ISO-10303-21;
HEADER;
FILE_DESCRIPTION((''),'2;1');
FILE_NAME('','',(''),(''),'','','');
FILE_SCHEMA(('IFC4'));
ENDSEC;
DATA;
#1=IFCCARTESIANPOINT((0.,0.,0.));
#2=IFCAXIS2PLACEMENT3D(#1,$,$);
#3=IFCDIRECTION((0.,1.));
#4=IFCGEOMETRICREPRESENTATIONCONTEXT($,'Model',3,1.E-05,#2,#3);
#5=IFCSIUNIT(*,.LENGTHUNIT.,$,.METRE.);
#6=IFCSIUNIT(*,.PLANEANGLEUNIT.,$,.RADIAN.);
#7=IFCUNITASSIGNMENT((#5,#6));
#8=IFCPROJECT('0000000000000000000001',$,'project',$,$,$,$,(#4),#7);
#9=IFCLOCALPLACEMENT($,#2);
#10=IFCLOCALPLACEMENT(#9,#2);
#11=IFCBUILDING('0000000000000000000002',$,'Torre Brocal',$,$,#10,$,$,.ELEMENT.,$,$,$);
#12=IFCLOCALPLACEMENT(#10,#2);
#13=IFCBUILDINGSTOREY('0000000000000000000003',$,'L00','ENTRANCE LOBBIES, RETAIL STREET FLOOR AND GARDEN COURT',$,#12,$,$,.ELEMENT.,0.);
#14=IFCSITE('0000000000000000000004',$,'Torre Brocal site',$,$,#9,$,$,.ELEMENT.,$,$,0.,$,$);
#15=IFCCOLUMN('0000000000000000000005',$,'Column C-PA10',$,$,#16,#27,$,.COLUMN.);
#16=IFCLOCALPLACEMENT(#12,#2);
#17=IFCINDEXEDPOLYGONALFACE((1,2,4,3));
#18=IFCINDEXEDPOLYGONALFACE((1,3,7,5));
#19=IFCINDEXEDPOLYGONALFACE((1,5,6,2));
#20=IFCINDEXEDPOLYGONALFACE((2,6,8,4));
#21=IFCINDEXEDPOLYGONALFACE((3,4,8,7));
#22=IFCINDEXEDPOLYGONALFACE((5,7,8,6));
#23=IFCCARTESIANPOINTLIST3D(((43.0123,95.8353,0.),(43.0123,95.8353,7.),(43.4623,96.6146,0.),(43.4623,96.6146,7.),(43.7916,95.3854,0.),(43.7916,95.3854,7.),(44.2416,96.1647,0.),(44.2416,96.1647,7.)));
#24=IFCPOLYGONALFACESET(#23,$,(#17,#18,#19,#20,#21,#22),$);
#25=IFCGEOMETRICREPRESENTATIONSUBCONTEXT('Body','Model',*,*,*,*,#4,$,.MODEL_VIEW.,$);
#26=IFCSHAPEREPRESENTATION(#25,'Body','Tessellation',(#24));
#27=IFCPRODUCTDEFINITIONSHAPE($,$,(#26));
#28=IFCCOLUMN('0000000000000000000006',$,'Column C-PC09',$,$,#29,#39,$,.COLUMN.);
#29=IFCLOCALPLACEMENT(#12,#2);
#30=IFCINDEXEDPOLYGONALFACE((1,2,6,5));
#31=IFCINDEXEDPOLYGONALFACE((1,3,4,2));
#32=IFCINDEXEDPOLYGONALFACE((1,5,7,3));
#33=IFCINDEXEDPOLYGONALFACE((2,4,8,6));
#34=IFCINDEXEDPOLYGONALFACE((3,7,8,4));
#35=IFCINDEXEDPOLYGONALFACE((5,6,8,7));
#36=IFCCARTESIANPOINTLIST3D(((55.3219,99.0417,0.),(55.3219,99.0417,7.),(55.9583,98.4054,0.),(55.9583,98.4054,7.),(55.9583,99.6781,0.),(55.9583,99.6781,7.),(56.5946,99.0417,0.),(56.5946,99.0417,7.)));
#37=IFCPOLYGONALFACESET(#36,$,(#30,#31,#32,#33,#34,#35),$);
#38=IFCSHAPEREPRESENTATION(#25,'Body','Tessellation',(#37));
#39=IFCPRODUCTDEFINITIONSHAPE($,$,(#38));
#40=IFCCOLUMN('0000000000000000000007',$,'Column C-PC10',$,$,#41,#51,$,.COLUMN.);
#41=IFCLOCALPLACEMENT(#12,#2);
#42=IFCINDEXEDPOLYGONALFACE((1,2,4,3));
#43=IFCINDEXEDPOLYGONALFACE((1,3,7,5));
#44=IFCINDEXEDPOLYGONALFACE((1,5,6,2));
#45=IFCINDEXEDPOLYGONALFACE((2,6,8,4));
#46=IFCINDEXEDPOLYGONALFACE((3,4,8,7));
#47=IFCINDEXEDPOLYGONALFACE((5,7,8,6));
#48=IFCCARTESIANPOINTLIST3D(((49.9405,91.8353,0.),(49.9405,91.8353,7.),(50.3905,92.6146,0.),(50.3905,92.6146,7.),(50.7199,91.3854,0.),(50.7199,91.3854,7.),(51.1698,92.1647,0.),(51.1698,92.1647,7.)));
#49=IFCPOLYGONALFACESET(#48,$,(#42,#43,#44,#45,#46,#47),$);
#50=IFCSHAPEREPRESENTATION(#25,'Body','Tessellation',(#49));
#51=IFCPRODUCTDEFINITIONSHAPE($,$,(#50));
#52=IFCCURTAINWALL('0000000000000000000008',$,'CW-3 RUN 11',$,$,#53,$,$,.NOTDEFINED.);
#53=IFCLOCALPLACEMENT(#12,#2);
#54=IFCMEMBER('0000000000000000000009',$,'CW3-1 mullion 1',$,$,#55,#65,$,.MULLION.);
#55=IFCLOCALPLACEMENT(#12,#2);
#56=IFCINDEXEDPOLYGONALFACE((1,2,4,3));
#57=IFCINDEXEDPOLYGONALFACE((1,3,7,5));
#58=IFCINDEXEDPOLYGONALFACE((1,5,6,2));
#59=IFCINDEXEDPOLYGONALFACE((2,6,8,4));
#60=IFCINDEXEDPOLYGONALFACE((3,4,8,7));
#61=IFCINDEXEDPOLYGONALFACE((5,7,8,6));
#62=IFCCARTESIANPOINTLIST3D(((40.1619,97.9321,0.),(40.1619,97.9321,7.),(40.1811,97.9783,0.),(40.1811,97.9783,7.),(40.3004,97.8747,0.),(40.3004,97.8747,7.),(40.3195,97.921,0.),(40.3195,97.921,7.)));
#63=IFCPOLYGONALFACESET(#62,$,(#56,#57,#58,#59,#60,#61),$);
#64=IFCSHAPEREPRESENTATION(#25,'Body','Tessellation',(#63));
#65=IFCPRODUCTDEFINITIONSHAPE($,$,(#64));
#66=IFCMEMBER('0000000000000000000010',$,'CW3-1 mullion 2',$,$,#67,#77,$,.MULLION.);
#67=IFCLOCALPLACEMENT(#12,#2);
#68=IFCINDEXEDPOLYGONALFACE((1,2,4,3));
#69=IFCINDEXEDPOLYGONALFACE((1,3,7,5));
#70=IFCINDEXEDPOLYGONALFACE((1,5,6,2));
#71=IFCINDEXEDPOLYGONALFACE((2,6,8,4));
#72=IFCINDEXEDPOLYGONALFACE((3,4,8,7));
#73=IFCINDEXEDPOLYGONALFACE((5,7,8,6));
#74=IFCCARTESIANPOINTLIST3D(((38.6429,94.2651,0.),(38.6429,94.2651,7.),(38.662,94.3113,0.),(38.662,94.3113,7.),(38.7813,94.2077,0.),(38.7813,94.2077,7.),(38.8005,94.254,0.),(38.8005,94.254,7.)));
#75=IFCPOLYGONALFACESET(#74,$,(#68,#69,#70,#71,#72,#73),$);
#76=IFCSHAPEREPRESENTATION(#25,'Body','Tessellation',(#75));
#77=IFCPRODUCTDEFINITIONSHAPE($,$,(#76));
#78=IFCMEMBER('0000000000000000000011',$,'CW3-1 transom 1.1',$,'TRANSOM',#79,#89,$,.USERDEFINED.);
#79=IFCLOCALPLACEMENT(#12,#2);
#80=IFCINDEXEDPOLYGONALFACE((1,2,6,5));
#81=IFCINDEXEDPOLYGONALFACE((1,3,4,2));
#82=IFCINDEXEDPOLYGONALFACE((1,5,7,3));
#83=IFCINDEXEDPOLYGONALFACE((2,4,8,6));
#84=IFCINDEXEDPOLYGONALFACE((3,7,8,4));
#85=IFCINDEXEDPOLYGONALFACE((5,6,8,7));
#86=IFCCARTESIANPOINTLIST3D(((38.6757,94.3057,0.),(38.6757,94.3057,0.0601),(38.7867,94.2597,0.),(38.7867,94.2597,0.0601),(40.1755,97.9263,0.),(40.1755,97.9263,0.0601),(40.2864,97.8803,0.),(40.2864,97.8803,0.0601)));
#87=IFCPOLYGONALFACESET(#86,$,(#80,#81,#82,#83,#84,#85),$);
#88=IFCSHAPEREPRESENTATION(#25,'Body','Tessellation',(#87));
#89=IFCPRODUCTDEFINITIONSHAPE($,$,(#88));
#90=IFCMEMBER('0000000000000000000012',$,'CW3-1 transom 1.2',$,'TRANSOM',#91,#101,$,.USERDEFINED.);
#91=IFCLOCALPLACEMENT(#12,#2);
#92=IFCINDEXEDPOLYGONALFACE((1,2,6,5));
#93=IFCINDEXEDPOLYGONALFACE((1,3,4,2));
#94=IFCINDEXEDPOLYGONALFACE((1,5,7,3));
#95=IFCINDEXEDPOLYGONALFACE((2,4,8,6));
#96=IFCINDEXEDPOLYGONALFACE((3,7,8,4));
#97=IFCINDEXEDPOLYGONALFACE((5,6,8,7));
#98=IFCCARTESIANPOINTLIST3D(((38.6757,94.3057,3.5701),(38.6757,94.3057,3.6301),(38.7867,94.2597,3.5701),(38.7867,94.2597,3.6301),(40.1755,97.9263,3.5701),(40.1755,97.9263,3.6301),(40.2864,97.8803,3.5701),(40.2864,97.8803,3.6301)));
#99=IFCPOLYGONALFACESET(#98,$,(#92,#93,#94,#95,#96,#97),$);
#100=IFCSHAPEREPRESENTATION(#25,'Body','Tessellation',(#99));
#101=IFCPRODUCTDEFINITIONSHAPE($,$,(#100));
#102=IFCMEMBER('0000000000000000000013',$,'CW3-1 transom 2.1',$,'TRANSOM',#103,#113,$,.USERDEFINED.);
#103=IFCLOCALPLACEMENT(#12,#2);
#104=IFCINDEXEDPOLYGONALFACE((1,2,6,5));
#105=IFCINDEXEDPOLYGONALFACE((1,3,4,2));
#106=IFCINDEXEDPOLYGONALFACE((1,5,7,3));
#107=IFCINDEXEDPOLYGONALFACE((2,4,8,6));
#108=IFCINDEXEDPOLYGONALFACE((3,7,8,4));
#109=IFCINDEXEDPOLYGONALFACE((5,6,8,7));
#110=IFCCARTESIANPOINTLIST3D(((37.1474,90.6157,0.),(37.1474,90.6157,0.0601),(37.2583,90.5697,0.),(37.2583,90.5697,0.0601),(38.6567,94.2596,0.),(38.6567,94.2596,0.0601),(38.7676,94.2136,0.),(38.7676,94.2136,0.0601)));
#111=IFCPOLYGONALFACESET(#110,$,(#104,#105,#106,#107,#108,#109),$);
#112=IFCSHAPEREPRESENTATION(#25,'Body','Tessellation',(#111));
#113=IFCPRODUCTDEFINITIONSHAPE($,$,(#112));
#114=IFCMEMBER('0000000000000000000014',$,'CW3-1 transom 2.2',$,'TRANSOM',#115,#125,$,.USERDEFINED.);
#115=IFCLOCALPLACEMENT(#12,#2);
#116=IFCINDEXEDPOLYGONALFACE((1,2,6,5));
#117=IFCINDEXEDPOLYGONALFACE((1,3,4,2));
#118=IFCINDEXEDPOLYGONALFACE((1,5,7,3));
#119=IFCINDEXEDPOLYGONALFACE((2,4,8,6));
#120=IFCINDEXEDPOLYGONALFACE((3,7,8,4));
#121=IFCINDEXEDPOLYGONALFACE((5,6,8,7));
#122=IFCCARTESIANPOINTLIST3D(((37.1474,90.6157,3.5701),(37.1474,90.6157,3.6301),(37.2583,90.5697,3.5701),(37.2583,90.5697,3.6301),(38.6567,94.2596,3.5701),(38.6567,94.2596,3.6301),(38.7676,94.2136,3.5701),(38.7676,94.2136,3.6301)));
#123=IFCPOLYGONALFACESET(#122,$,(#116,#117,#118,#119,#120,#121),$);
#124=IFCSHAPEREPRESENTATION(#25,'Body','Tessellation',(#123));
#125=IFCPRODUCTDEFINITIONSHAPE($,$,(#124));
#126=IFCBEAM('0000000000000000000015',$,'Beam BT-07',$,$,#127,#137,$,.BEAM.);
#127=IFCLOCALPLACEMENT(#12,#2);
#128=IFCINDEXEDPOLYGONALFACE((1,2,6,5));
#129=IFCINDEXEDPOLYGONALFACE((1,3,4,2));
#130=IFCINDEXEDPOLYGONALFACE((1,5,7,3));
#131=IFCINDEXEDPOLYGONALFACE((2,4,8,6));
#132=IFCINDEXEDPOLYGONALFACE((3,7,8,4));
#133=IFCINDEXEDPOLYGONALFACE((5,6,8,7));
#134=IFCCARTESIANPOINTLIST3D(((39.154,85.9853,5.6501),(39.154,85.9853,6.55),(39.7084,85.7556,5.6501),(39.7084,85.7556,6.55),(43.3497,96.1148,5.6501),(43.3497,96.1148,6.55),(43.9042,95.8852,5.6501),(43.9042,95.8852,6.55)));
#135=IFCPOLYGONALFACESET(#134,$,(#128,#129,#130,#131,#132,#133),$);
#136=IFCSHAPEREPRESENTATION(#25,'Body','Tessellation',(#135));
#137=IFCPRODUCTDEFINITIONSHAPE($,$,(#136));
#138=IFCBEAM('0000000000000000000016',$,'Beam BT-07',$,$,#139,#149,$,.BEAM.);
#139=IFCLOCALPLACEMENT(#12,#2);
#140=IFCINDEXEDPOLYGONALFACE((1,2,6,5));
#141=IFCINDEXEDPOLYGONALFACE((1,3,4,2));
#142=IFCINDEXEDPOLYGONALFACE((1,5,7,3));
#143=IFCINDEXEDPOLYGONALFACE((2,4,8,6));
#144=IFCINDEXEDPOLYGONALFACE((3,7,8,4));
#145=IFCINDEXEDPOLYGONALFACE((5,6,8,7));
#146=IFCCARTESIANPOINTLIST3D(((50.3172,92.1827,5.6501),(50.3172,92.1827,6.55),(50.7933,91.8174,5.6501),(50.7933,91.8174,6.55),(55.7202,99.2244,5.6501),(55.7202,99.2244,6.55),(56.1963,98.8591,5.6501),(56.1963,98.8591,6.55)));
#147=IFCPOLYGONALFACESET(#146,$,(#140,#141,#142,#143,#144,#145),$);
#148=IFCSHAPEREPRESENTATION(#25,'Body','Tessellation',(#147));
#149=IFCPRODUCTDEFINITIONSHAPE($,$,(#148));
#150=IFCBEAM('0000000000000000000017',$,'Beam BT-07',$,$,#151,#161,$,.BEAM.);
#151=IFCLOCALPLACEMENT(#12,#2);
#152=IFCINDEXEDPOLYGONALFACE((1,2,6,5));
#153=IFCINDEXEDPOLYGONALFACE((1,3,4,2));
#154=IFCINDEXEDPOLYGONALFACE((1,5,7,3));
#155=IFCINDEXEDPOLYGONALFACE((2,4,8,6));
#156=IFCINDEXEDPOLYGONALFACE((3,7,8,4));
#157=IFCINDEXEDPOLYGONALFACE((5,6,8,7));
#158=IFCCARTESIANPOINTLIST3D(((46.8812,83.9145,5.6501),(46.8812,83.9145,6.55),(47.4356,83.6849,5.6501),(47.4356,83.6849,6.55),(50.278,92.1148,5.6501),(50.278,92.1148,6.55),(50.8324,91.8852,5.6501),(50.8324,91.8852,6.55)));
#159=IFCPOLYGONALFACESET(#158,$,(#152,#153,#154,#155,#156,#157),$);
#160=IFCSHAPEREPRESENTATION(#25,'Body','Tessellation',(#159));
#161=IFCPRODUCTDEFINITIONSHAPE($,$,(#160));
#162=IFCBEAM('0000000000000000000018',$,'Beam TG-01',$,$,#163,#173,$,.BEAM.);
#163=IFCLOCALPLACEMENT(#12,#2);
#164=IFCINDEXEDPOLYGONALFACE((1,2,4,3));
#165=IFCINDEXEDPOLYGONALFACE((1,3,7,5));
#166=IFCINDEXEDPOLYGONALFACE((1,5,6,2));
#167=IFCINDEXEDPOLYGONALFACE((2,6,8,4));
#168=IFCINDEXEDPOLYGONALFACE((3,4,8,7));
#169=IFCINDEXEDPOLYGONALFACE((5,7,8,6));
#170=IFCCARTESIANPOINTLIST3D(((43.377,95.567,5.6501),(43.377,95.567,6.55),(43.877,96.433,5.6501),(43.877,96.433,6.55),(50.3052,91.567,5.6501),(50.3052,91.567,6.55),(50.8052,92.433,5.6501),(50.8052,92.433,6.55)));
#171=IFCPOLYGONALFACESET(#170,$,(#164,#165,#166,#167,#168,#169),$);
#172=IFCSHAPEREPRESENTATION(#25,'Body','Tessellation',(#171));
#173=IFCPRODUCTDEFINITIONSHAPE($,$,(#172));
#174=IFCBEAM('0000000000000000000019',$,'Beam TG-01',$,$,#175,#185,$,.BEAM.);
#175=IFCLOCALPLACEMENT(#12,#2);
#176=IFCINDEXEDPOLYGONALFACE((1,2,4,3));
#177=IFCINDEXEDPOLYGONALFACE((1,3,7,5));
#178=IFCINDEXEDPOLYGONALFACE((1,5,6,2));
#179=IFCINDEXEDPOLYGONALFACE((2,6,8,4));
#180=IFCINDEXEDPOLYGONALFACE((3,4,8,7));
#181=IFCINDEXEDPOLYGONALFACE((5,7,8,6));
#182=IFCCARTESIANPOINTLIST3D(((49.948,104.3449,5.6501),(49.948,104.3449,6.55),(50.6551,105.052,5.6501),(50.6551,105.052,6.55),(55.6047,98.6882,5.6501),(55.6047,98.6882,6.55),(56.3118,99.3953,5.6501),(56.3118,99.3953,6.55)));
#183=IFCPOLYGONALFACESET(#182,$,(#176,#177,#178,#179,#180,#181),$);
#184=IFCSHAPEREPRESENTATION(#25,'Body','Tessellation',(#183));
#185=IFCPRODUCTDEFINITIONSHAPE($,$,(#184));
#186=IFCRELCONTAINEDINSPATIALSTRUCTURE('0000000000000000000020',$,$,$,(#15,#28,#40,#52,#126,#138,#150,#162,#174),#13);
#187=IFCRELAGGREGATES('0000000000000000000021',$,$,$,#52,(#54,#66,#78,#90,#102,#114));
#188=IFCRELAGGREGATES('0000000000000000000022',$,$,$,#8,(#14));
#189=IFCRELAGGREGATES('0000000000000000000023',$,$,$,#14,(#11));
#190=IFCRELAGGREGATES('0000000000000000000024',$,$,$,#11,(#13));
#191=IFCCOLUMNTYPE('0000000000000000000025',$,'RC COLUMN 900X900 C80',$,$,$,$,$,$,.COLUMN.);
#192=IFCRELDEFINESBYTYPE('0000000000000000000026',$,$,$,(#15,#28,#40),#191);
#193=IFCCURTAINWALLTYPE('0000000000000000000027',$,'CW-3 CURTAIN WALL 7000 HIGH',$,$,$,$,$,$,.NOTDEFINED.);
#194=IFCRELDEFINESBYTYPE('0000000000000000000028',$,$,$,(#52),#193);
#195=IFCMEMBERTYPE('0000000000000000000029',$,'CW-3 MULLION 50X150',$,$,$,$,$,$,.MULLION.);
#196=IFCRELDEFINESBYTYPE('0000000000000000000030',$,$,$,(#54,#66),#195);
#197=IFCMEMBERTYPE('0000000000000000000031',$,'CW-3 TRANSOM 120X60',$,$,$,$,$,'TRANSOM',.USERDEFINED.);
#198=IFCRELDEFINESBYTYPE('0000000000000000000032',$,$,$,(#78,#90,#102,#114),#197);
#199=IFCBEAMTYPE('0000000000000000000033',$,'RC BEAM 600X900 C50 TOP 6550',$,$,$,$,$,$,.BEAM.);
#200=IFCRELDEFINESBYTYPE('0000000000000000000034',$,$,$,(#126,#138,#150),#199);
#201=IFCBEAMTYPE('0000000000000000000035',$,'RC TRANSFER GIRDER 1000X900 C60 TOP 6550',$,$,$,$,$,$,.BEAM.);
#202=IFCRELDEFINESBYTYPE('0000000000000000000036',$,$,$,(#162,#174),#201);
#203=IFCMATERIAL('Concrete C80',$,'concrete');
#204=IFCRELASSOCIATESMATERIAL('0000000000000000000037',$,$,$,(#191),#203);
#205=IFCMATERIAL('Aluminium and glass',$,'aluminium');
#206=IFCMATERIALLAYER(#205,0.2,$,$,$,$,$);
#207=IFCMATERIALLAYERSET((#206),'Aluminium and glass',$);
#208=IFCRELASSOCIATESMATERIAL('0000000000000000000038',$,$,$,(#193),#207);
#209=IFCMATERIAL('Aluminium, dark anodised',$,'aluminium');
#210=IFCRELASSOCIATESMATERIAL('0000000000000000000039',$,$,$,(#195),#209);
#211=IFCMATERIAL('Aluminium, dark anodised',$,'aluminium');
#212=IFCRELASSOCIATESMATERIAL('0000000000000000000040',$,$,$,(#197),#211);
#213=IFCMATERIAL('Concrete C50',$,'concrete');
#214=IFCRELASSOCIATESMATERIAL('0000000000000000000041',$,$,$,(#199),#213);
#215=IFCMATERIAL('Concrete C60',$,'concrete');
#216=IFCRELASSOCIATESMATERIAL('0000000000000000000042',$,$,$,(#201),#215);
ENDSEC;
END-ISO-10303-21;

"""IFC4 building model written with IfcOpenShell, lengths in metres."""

from ifc_helpers import new_model, si_unit, direction, frame, origin, origin_2d, place, context, subcontext, project, spatial, rectangle, extrude, material, layer, layer_set, material_profile, profile_set, type_object, element, aggregate, save


model = new_model("IFC4")

# Units and contexts
model_context = context("Model", 3, precision=1e-05, world=origin(), true_north=direction((0.0, 1.0)))
body_context = subcontext(model_context, "Body", "Model", "MODEL_VIEW")
ifc_project = project(units=[si_unit("LENGTHUNIT", "METRE"), si_unit("PLANEANGLEUNIT", "RADIAN")], contexts=[model_context])

# Site, building, storey
site_placement = place(None, origin())
site = spatial("IfcSite", under=ifc_project, at=site_placement, Name="Torre Brocal site", CompositionType="ELEMENT", RefElevation=0.0)
building_placement = place(site_placement, origin())
building = spatial("IfcBuilding", under=site, at=building_placement, Name="Torre Brocal", CompositionType="ELEMENT")
storey_placement = place(building_placement, origin())
storey = spatial("IfcBuildingStorey", under=building, at=storey_placement, Name="L00", Description="ENTRANCE LOBBIES, RETAIL STREET FLOOR AND GARDEN COURT", CompositionType="ELEMENT", Elevation=0.0)

# Columns
ifc_material_1 = material(Name="Concrete C80", Category="concrete")
ifc_material_profile_1 = material_profile(ifc_material_1, rectangle(XDim=0.8999, YDim=0.8999, at=origin_2d()), Name="RC 900X900")
ifc_profile_set_1 = profile_set([ifc_material_profile_1], Name="Concrete C80")
column_type = type_object("IfcColumnType", Name="RC COLUMN 900X900 C80", PredefinedType="COLUMN", material=ifc_profile_set_1)
for number, where, z_axis, x_axis, name in (
    (1, (43.627, 96.0, 0.0), (0.0, 0.0, 1.0), (-0.866025, 0.5, 0.0), "Column C-PA10"),
    (2, (55.9583, 99.0417, 0.0), (0.0, 0.0, 1.0), (-0.707107, 0.707107, 0.0), "Column C-PC09"),
    (3, (50.5552, 92.0, 0.0), (0.0, 0.0, 1.0), (-0.866025, 0.5, 0.0), "Column C-PC10"),
):
    element("IfcColumn", number, at=place(storey_placement, frame(where, z_axis=z_axis, x_axis=x_axis)), inside=storey, type_object=column_type, Name=name, PredefinedType="COLUMN", context=body_context, shape_type="SweptSolid", body=[
        extrude(rectangle(XDim=0.8999, YDim=0.8999, at=origin_2d()), origin(), (0.0, 0.0, 1.0), 7.0),
    ])

# Curtain wall, members
ifc_material_2 = material(Name="Aluminium and glass", Category="aluminium")
ifc_layer_1 = layer(ifc_material_2, 0.2)
ifc_layer_set_1 = layer_set([ifc_layer_1], Name="Aluminium and glass")
curtain_wall_type = type_object("IfcCurtainWallType", Name="CW-3 CURTAIN WALL 7000 HIGH", PredefinedType="NOTDEFINED", material=ifc_layer_set_1)
curtain_wall_placement = place(storey_placement, origin())
curtain_wall = element("IfcCurtainWall", 4, at=curtain_wall_placement, inside=storey, type_object=curtain_wall_type, Name="CW-3 RUN 11", PredefinedType="NOTDEFINED")
ifc_material_3 = material(Name="Aluminium, dark anodised", Category="aluminium")
ifc_material_profile_2 = material_profile(ifc_material_3, rectangle(XDim=0.1499, YDim=0.05, at=origin_2d()), Name="CW-3 MULLION 50X150")
ifc_profile_set_2 = profile_set([ifc_material_profile_2], Name="Aluminium, dark anodised")
member_type_1 = type_object("IfcMemberType", Name="CW-3 MULLION 50X150", PredefinedType="MULLION", material=ifc_profile_set_2)
member_1_placement = place(storey_placement, frame((40.2407, 97.9265, 0.0), z_axis=(0.0, 0.0, 1.0), x_axis=(0.92388, -0.382683, 0.0)))
member_1 = element("IfcMember", 5, at=member_1_placement, type_object=member_type_1, Name="CW3-1 mullion 1", PredefinedType="MULLION", context=body_context, shape_type="SweptSolid", body=[
    extrude(rectangle(XDim=0.1499, YDim=0.05, at=origin_2d()), origin(), (0.0, 0.0, 1.0), 7.0),
])
member_2_placement = place(storey_placement, frame((38.7217, 94.2595, 0.0), z_axis=(0.0, 0.0, 1.0), x_axis=(0.92388, -0.382683, 0.0)))
member_2 = element("IfcMember", 6, at=member_2_placement, type_object=member_type_1, Name="CW3-1 mullion 2", PredefinedType="MULLION", context=body_context, shape_type="SweptSolid", body=[
    extrude(rectangle(XDim=0.1499, YDim=0.05, at=origin_2d()), origin(), (0.0, 0.0, 1.0), 7.0),
])
ifc_material_4 = material(Name="Aluminium, dark anodised", Category="aluminium")
ifc_material_profile_3 = material_profile(ifc_material_4, rectangle(XDim=0.1201, YDim=0.0601, at=origin_2d()), Name="CW-3 TRANSOM 120X60")
ifc_profile_set_3 = profile_set([ifc_material_profile_3], Name="Aluminium, dark anodised")
member_type_2 = type_object("IfcMemberType", Name="CW-3 TRANSOM 120X60", ElementType="TRANSOM", PredefinedType="USERDEFINED", material=ifc_profile_set_3)
member_3_placement = place(storey_placement, frame((40.231, 97.9033, 0.03), z_axis=(-0.382695, -0.923875, 0.0), x_axis=(0.923875, -0.382695, 0.0)))
member_3 = element("IfcMember", 7, at=member_3_placement, type_object=member_type_2, Name="CW3-1 transom 1.1", ObjectType="TRANSOM", PredefinedType="USERDEFINED", context=body_context, shape_type="SweptSolid", body=[
    extrude(rectangle(XDim=0.1201, YDim=0.0601, at=origin_2d()), origin(), (0.0, 0.0, 1.0), 3.9189),
])
member_4_placement = place(storey_placement, frame((40.231, 97.9033, 3.6001), z_axis=(-0.382695, -0.923875, 0.0), x_axis=(0.923875, -0.382695, 0.0)))
member_4 = element("IfcMember", 8, at=member_4_placement, type_object=member_type_2, Name="CW3-1 transom 1.2", ObjectType="TRANSOM", PredefinedType="USERDEFINED", context=body_context, shape_type="SweptSolid", body=[
    extrude(rectangle(XDim=0.1201, YDim=0.0601, at=origin_2d()), origin(), (0.0, 0.0, 1.0), 3.9189),
])
member_5_placement = place(storey_placement, frame((38.7122, 94.2366, 0.03), z_axis=(-0.382676, -0.923883, 0.0), x_axis=(0.923883, -0.382676, 0.0)))
member_5 = element("IfcMember", 9, at=member_5_placement, type_object=member_type_2, Name="CW3-1 transom 2.1", ObjectType="TRANSOM", PredefinedType="USERDEFINED", context=body_context, shape_type="SweptSolid", body=[
    extrude(rectangle(XDim=0.1201, YDim=0.0601, at=origin_2d()), origin(), (0.0, 0.0, 1.0), 3.9441),
])
member_6_placement = place(storey_placement, frame((38.7122, 94.2366, 3.6001), z_axis=(-0.382676, -0.923883, 0.0), x_axis=(0.923883, -0.382676, 0.0)))
member_6 = element("IfcMember", 10, at=member_6_placement, type_object=member_type_2, Name="CW3-1 transom 2.2", ObjectType="TRANSOM", PredefinedType="USERDEFINED", context=body_context, shape_type="SweptSolid", body=[
    extrude(rectangle(XDim=0.1201, YDim=0.0601, at=origin_2d()), origin(), (0.0, 0.0, 1.0), 3.9441),
])

# Beams
ifc_material_5 = material(Name="Concrete C50", Category="concrete")
ifc_material_profile_4 = material_profile(ifc_material_5, rectangle(XDim=0.6001, YDim=0.8999, at=origin_2d()), Name="RC 600X900")
ifc_profile_set_4 = profile_set([ifc_material_profile_4], Name="Concrete C50")
beam_type_1 = type_object("IfcBeamType", Name="RC BEAM 600X900 C50 TOP 6550", PredefinedType="BEAM", material=ifc_profile_set_4)
beam_1_placement = place(storey_placement, frame((43.627, 96.0, 6.1001), z_axis=(-0.382681, -0.923881, 0.0), x_axis=(0.923881, -0.382681, 0.0)))
element("IfcBeam", 11, at=beam_1_placement, inside=storey, type_object=beam_type_1, Name="Beam BT-07", PredefinedType="BEAM", context=body_context, shape_type="SweptSolid", body=[
    extrude(rectangle(XDim=0.6001, YDim=0.8999, at=origin_2d()), origin(), (0.0, 0.0, 1.0), 10.9641),
])
beam_2_placement = place(storey_placement, frame((55.9583, 99.0417, 6.1001), z_axis=(-0.608744, -0.793367, 0.0), x_axis=(0.793367, -0.608744, 0.0)))
element("IfcBeam", 12, at=beam_2_placement, inside=storey, type_object=beam_type_1, Name="Beam BT-07", PredefinedType="BEAM", context=body_context, shape_type="SweptSolid", body=[
    extrude(rectangle(XDim=0.6001, YDim=0.8999, at=origin_2d()), origin(), (0.0, 0.0, 1.0), 8.8757),
])
beam_3_placement = place(storey_placement, frame((50.5552, 92.0, 6.1001), z_axis=(-0.382693, -0.923876, 0.0), x_axis=(0.923876, -0.382693, 0.0)))
element("IfcBeam", 13, at=beam_3_placement, inside=storey, type_object=beam_type_1, Name="Beam BT-07", PredefinedType="BEAM", context=body_context, shape_type="SweptSolid", body=[
    extrude(rectangle(XDim=0.6001, YDim=0.8999, at=origin_2d()), origin(), (0.0, 0.0, 1.0), 8.876),
])
ifc_material_6 = material(Name="Concrete C60", Category="concrete")
ifc_material_profile_5 = material_profile(ifc_material_6, rectangle(XDim=1.0, YDim=0.8999, at=origin_2d()), Name="RC 1000X900")
ifc_profile_set_5 = profile_set([ifc_material_profile_5], Name="Concrete C60")
beam_type_2 = type_object("IfcBeamType", Name="RC TRANSFER GIRDER 1000X900 C60 TOP 6550", PredefinedType="BEAM", material=ifc_profile_set_5)
beam_4_placement = place(storey_placement, frame((50.5552, 92.0, 6.1001), z_axis=(-0.866026, 0.499999, 0.0), x_axis=(-0.499999, -0.866026, 0.0)))
element("IfcBeam", 14, at=beam_4_placement, inside=storey, type_object=beam_type_2, Name="Beam TG-01", PredefinedType="BEAM", context=body_context, shape_type="SweptSolid", body=[
    extrude(rectangle(XDim=1.0, YDim=0.8999, at=origin_2d()), origin(), (0.0, 0.0, 1.0), 8.0),
])
beam_5_placement = place(storey_placement, frame((55.9583, 99.0417, 6.1001), z_axis=(-0.707107, 0.707107, 0.0), x_axis=(-0.707107, -0.707107, 0.0)))
element("IfcBeam", 15, at=beam_5_placement, inside=storey, type_object=beam_type_2, Name="Beam TG-01", PredefinedType="BEAM", context=body_context, shape_type="SweptSolid", body=[
    extrude(rectangle(XDim=1.0, YDim=0.8999, at=origin_2d()), origin(), (0.0, 0.0, 1.0), 7.9998),
])

aggregate(curtain_wall, [member_1, member_2, member_3, member_4, member_5, member_6])

save(model, "model.ifc")
